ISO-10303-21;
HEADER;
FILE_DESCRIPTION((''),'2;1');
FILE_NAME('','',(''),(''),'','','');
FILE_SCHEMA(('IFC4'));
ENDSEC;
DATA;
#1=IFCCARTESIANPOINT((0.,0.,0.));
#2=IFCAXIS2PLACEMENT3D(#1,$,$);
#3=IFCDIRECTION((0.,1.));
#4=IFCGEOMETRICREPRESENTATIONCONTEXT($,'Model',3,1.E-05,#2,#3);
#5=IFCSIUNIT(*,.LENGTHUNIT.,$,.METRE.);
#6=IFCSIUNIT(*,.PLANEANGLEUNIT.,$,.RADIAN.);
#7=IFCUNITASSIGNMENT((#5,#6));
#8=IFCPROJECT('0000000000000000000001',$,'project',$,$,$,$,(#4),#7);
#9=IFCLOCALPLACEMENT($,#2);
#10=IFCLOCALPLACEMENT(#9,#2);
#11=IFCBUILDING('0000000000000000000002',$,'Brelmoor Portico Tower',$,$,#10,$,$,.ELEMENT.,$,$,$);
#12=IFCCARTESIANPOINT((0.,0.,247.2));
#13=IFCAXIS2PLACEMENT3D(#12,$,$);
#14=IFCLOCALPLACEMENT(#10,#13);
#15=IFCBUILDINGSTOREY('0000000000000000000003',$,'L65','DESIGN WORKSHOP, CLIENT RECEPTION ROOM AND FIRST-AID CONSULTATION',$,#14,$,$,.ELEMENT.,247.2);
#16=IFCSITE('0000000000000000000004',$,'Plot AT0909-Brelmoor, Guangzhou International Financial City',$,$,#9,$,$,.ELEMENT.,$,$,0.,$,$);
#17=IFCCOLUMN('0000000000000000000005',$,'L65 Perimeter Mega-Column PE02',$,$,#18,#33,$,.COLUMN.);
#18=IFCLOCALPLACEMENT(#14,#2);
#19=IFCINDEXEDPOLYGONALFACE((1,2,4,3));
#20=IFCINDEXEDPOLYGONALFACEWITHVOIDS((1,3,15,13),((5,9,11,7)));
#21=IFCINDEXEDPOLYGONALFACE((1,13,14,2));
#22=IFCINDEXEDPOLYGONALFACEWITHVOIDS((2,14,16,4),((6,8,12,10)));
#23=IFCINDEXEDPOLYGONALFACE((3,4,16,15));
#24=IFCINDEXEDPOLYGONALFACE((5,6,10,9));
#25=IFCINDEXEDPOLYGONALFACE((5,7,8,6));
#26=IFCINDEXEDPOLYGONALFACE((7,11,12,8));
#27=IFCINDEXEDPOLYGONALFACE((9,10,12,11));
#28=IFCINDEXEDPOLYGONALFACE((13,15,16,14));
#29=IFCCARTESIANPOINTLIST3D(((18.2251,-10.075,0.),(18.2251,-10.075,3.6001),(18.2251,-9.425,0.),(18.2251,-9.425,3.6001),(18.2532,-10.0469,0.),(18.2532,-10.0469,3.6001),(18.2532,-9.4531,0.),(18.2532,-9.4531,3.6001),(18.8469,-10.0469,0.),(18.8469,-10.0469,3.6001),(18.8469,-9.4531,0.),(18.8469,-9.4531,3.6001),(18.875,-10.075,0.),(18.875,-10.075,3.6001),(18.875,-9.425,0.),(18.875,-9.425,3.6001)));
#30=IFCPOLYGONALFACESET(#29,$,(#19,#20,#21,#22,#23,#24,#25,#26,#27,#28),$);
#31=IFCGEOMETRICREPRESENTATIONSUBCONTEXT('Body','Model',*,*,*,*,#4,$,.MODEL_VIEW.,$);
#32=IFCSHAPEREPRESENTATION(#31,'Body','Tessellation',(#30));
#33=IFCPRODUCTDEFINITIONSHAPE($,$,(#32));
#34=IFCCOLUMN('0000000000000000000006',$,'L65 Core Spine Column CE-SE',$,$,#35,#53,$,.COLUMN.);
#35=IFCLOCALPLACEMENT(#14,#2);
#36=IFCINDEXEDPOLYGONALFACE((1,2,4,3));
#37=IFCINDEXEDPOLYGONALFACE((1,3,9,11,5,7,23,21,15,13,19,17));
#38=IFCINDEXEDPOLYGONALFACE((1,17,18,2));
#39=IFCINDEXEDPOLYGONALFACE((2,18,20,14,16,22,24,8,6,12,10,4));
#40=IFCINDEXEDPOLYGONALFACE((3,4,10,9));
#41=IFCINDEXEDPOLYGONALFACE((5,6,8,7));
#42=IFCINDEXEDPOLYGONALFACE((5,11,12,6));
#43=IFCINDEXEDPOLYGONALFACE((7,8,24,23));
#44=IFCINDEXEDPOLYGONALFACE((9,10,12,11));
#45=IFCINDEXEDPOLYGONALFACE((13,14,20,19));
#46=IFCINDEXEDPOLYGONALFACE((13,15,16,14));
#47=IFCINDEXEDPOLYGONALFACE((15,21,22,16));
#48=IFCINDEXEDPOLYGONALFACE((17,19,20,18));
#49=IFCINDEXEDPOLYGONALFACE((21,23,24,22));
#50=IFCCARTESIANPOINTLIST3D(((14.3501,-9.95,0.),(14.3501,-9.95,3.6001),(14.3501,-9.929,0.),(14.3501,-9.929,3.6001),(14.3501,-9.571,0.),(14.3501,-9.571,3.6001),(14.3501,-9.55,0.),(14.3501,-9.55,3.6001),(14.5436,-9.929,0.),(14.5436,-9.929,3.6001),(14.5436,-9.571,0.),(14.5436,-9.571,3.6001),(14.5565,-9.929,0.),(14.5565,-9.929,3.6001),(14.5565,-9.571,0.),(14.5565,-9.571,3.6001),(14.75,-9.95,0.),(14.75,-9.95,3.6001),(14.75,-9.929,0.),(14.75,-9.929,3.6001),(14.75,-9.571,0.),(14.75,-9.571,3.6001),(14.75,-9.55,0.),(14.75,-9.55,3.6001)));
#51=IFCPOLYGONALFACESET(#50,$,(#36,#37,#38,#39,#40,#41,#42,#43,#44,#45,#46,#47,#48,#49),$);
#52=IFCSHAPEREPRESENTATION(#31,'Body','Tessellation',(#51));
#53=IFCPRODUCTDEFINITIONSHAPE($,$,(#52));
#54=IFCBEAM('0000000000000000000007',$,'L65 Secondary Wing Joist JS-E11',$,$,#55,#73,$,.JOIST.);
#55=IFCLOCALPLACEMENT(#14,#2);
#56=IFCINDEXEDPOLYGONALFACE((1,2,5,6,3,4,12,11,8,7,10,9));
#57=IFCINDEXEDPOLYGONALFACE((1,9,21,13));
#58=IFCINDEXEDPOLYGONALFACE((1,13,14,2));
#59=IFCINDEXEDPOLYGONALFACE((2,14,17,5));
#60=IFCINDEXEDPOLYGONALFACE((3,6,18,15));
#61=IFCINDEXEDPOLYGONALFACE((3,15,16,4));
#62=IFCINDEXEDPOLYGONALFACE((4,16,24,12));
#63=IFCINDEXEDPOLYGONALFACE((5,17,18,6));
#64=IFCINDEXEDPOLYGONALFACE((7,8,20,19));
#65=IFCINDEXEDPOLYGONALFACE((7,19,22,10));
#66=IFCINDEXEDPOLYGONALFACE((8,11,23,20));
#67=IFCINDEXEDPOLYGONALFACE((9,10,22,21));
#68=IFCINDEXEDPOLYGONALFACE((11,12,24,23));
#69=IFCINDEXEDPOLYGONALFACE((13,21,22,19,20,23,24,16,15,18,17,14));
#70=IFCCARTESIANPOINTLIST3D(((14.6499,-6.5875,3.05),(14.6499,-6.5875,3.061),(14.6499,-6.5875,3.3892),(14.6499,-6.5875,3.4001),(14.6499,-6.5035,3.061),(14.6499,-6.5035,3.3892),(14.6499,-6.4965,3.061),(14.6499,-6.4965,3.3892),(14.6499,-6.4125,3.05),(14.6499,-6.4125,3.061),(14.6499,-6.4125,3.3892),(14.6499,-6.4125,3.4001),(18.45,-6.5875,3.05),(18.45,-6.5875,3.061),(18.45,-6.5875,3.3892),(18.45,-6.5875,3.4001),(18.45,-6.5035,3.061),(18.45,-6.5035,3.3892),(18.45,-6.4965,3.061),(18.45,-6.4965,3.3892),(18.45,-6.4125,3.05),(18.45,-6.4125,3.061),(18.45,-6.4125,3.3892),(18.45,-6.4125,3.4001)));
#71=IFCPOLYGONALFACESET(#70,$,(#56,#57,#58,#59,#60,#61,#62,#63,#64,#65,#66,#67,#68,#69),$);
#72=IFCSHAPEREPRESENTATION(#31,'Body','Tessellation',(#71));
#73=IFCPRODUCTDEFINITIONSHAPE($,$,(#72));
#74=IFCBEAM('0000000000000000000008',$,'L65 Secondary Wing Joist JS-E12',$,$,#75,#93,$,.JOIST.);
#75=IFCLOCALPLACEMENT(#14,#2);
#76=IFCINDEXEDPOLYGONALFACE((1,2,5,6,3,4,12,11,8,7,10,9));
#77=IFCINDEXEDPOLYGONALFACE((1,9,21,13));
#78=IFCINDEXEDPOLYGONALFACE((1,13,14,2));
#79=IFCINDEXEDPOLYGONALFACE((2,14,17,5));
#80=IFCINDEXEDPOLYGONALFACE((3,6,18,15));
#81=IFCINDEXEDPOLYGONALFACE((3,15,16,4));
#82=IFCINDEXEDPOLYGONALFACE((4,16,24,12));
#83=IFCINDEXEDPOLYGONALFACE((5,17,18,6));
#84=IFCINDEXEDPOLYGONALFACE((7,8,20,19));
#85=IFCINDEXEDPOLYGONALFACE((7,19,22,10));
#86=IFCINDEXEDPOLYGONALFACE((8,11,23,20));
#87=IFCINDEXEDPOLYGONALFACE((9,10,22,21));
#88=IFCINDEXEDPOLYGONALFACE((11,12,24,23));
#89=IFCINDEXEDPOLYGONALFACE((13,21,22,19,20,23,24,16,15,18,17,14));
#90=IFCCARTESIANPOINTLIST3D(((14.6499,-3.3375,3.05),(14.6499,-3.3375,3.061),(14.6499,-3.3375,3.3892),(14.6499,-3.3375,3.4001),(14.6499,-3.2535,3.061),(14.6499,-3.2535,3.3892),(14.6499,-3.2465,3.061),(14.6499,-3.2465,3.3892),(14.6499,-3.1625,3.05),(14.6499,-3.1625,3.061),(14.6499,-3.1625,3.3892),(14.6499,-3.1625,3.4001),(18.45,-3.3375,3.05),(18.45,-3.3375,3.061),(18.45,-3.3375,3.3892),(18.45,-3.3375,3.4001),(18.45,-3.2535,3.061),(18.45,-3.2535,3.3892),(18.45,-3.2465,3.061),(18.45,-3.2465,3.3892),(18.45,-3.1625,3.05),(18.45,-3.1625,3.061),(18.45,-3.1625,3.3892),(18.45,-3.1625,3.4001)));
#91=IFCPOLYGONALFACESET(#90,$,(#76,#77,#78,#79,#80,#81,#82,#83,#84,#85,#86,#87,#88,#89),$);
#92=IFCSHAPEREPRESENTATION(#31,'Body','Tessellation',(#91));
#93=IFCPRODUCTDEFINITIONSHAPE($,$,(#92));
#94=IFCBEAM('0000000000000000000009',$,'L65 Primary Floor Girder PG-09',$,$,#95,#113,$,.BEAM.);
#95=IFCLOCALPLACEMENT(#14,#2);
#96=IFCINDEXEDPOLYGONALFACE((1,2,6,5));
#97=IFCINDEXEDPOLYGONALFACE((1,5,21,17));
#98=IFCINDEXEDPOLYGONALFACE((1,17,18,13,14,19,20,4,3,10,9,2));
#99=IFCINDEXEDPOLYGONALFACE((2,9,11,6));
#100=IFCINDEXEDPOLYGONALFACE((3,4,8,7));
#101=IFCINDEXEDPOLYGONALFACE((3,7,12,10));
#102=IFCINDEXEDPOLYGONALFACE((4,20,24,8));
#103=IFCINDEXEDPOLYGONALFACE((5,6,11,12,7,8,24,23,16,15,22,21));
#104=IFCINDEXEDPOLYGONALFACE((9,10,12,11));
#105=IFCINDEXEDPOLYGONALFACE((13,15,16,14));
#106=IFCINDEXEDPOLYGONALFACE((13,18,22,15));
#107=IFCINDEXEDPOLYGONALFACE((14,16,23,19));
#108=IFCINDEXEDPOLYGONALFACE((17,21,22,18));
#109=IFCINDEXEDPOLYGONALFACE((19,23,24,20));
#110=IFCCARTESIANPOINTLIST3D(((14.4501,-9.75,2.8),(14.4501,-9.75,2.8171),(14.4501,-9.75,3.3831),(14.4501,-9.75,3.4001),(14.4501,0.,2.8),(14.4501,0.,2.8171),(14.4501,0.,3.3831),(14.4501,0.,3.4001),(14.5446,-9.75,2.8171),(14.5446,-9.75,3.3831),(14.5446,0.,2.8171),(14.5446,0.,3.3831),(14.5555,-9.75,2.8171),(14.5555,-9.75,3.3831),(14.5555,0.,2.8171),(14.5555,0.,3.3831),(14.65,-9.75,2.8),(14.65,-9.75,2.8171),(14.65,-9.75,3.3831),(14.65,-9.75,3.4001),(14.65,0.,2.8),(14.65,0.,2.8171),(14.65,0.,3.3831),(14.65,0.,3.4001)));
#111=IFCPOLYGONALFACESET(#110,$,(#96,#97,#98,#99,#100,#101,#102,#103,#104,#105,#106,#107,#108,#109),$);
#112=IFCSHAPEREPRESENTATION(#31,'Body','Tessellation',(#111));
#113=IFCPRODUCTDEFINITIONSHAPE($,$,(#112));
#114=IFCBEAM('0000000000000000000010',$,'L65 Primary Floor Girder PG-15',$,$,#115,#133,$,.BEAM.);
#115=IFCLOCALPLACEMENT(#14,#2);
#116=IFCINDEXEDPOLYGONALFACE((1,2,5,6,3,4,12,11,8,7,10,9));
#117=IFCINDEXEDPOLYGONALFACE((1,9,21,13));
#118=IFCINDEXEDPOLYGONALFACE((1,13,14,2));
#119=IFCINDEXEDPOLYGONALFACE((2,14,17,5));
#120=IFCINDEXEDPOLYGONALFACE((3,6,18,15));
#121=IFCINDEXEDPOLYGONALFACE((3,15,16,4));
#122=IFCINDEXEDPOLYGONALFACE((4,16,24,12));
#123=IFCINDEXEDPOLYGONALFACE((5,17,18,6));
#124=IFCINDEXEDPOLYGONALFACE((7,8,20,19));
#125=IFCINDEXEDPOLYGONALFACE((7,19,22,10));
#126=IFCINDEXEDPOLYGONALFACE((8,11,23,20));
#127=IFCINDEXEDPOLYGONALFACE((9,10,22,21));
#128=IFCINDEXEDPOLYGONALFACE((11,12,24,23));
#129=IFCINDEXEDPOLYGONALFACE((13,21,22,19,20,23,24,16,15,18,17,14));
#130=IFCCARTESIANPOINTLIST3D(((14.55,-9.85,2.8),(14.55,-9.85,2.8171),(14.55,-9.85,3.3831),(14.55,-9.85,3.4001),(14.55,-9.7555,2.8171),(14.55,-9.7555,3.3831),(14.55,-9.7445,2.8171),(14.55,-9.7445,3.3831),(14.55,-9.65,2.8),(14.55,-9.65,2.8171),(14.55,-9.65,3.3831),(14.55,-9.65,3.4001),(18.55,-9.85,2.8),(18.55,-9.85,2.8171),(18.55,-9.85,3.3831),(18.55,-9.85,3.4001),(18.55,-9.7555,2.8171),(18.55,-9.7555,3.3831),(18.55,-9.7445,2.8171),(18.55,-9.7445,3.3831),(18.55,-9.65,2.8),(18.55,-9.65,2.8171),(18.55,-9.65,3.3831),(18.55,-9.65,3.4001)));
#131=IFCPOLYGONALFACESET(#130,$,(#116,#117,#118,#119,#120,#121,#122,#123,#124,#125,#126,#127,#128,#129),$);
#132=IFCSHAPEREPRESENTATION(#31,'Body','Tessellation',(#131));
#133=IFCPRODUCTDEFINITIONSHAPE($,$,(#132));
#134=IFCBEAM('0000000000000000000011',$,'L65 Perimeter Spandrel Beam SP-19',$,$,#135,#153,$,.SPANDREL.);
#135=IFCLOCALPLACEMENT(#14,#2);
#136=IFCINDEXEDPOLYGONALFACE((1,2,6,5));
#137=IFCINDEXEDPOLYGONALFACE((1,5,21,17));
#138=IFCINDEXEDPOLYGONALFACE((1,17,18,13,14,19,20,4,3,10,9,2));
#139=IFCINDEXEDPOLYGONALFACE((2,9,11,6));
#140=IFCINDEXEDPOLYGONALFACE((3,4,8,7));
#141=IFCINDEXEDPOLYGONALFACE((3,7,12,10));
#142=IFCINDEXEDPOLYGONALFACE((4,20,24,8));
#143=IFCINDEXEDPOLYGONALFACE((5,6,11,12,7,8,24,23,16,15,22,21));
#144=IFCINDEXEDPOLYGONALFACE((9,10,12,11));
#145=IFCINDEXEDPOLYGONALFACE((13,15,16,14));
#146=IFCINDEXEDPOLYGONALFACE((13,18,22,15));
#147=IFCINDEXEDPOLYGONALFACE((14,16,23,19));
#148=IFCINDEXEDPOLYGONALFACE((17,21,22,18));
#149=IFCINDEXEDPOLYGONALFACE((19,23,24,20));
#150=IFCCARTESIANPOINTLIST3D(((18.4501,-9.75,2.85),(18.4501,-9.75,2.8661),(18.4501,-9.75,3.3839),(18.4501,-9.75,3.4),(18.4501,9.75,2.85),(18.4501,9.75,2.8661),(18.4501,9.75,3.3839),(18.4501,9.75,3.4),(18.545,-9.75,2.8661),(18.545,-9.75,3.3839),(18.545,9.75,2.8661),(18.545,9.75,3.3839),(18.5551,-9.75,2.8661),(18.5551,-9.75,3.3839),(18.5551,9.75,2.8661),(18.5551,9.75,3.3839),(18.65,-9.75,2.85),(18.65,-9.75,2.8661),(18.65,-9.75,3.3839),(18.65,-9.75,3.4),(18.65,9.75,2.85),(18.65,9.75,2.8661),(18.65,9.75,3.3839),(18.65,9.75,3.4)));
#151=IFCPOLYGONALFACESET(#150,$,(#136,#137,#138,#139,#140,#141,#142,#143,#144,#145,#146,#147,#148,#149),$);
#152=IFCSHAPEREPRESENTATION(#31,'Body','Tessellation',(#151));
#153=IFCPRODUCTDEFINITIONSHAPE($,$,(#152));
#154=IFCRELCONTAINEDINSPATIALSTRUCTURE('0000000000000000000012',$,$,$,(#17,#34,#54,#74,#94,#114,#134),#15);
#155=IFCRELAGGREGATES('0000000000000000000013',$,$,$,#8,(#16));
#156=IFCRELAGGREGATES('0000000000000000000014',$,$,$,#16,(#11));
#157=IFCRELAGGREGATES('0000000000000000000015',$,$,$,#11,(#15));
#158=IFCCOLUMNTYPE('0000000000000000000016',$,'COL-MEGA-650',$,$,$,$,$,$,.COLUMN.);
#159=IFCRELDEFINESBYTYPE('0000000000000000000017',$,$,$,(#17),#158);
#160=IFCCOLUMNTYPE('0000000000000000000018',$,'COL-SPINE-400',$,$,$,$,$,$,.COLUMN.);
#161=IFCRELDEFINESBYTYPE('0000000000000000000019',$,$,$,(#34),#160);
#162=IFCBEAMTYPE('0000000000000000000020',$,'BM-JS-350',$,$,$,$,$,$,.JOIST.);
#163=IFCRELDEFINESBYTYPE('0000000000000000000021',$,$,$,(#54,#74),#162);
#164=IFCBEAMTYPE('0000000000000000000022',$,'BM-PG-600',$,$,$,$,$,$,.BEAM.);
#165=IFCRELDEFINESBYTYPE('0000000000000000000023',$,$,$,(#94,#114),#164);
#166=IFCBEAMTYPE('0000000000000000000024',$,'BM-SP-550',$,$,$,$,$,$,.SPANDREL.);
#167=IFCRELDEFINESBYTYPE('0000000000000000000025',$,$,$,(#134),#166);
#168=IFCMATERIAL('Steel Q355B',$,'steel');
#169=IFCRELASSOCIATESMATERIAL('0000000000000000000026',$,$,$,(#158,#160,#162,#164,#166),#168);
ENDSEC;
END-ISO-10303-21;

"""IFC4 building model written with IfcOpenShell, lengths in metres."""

from ifc_helpers import new_model, si_unit, direction, frame, origin, origin_2d, place, context, subcontext, project, spatial, hollow_rectangle, i_section, extrude, material, material_profile, profile_set, type_object, element, save


model = new_model("IFC4")

# Units and contexts
model_context = context("Model", 3, precision=1e-05, world=origin(), true_north=direction((0.0, 1.0)))
body_context = subcontext(model_context, "Body", "Model", "MODEL_VIEW")
ifc_project = project(units=[si_unit("LENGTHUNIT", "METRE"), si_unit("PLANEANGLEUNIT", "RADIAN")], contexts=[model_context])

# Site, building, storey
site_placement = place(None, origin())
site = spatial("IfcSite", under=ifc_project, at=site_placement, Name="Plot AT0909-Brelmoor, Guangzhou International Financial City", CompositionType="ELEMENT", RefElevation=0.0)
building_placement = place(site_placement, origin())
building = spatial("IfcBuilding", under=site, at=building_placement, Name="Brelmoor Portico Tower", CompositionType="ELEMENT")
storey_placement = place(building_placement, frame((0.0, 0.0, 247.2)))
storey = spatial("IfcBuildingStorey", under=building, at=storey_placement, Name="L65", Description="DESIGN WORKSHOP, CLIENT RECEPTION ROOM AND FIRST-AID CONSULTATION", CompositionType="ELEMENT", Elevation=247.2)

# Columns
ifc_material_1 = material(Name="Steel Q355B", Category="steel")
ifc_material_profile_1 = material_profile(ifc_material_1, hollow_rectangle(XDim=0.6499, YDim=0.6499, WallThickness=0.0281, at=origin_2d()), Name="BOX 650x650x28")
ifc_profile_set_1 = profile_set([ifc_material_profile_1], Name="Steel Q355B")
column_type_1 = type_object("IfcColumnType", Name="COL-MEGA-650", PredefinedType="COLUMN", material=ifc_profile_set_1)
column_1_placement = place(storey_placement, frame((18.55, -9.75, 0.0), z_axis=(0.0, 0.0, 1.0), x_axis=(0.0, 1.0, 0.0)))
element("IfcColumn", 1, at=column_1_placement, inside=storey, type_object=column_type_1, Name="L65 Perimeter Mega-Column PE02", PredefinedType="COLUMN", context=body_context, shape_type="SweptSolid", body=[
    extrude(hollow_rectangle(XDim=0.6499, YDim=0.6499, WallThickness=0.0281, at=origin_2d()), origin(), (0.0, 0.0, 1.0), 3.6001),
])
ifc_material_profile_2 = material_profile(ifc_material_1, i_section(OverallWidth=0.3999, OverallDepth=0.3999, WebThickness=0.0129, FlangeThickness=0.021, at=origin_2d()), Name="HW 400x400x13x21")
ifc_profile_set_2 = profile_set([ifc_material_profile_2], Name="Steel Q355B")
column_type_2 = type_object("IfcColumnType", Name="COL-SPINE-400", PredefinedType="COLUMN", material=ifc_profile_set_2)
column_2_placement = place(storey_placement, frame((14.55, -9.75, 0.0), z_axis=(0.0, 0.0, 1.0), x_axis=(1.0, 0.0, 0.0)))
element("IfcColumn", 2, at=column_2_placement, inside=storey, type_object=column_type_2, Name="L65 Core Spine Column CE-SE", PredefinedType="COLUMN", context=body_context, shape_type="SweptSolid", body=[
    extrude(i_section(OverallWidth=0.3999, OverallDepth=0.3999, WebThickness=0.0129, FlangeThickness=0.021, at=origin_2d()), origin(), (0.0, 0.0, 1.0), 3.6001),
])

# Beams
ifc_material_profile_3 = material_profile(ifc_material_1, i_section(OverallWidth=0.175, OverallDepth=0.3501, WebThickness=0.0071, FlangeThickness=0.011, at=origin_2d()), Name="HN 350x175x7x11")
ifc_profile_set_3 = profile_set([ifc_material_profile_3], Name="Steel Q355B")
beam_type_1 = type_object("IfcBeamType", Name="BM-JS-350", PredefinedType="JOIST", material=ifc_profile_set_3)
for number, where, z_axis, x_axis, name in (
    (3, (14.6499, -6.5, 3.2251), (1.0, 0.0, 0.0), (0.0, 1.0, 0.0), "L65 Secondary Wing Joist JS-E11"),
    (4, (14.6499, -3.25, 3.2251), (1.0, 0.0, 0.0), (0.0, 1.0, 0.0), "L65 Secondary Wing Joist JS-E12"),
):
    element("IfcBeam", number, at=place(storey_placement, frame(where, z_axis=z_axis, x_axis=x_axis)), inside=storey, type_object=beam_type_1, Name=name, PredefinedType="JOIST", context=body_context, shape_type="SweptSolid", body=[
        extrude(i_section(OverallWidth=0.175, OverallDepth=0.3501, WebThickness=0.0071, FlangeThickness=0.011, at=origin_2d()), origin(), (0.0, 0.0, 1.0), 3.8),
    ])
ifc_material_profile_4 = material_profile(ifc_material_1, i_section(OverallWidth=0.2, OverallDepth=0.6001, WebThickness=0.011, FlangeThickness=0.0171, at=origin_2d()), Name="HN 600x200x11x17")
ifc_profile_set_4 = profile_set([ifc_material_profile_4], Name="Steel Q355B")
beam_type_2 = type_object("IfcBeamType", Name="BM-PG-600", PredefinedType="BEAM", material=ifc_profile_set_4)
beam_1_placement = place(storey_placement, frame((14.55, -9.75, 3.1001), z_axis=(0.0, 1.0, 0.0), x_axis=(-1.0, 0.0, 0.0)))
element("IfcBeam", 5, at=beam_1_placement, inside=storey, type_object=beam_type_2, Name="L65 Primary Floor Girder PG-09", PredefinedType="BEAM", context=body_context, shape_type="SweptSolid", body=[
    extrude(i_section(OverallWidth=0.2, OverallDepth=0.6001, WebThickness=0.011, FlangeThickness=0.0171, at=origin_2d()), origin(), (0.0, 0.0, 1.0), 9.75),
])
beam_2_placement = place(storey_placement, frame((14.55, -9.75, 3.1001), z_axis=(1.0, 0.0, 0.0), x_axis=(0.0, 1.0, 0.0)))
element("IfcBeam", 6, at=beam_2_placement, inside=storey, type_object=beam_type_2, Name="L65 Primary Floor Girder PG-15", PredefinedType="BEAM", context=body_context, shape_type="SweptSolid", body=[
    extrude(i_section(OverallWidth=0.2, OverallDepth=0.6001, WebThickness=0.011, FlangeThickness=0.0171, at=origin_2d()), origin(), (0.0, 0.0, 1.0), 4.0),
])
ifc_material_profile_5 = material_profile(ifc_material_1, i_section(OverallWidth=0.2, OverallDepth=0.55, WebThickness=0.01, FlangeThickness=0.0161, at=origin_2d()), Name="HN 550x200x10x16")
ifc_profile_set_5 = profile_set([ifc_material_profile_5], Name="Steel Q355B")
beam_type_3 = type_object("IfcBeamType", Name="BM-SP-550", PredefinedType="SPANDREL", material=ifc_profile_set_5)
beam_3_placement = place(storey_placement, frame((18.55, -9.75, 3.125), z_axis=(0.0, 1.0, 0.0), x_axis=(-1.0, 0.0, 0.0)))
element("IfcBeam", 7, at=beam_3_placement, inside=storey, type_object=beam_type_3, Name="L65 Perimeter Spandrel Beam SP-19", PredefinedType="SPANDREL", context=body_context, shape_type="SweptSolid", body=[
    extrude(i_section(OverallWidth=0.2, OverallDepth=0.55, WebThickness=0.01, FlangeThickness=0.0161, at=origin_2d()), origin(), (0.0, 0.0, 1.0), 19.5),
])

save(model, "model.ifc")
